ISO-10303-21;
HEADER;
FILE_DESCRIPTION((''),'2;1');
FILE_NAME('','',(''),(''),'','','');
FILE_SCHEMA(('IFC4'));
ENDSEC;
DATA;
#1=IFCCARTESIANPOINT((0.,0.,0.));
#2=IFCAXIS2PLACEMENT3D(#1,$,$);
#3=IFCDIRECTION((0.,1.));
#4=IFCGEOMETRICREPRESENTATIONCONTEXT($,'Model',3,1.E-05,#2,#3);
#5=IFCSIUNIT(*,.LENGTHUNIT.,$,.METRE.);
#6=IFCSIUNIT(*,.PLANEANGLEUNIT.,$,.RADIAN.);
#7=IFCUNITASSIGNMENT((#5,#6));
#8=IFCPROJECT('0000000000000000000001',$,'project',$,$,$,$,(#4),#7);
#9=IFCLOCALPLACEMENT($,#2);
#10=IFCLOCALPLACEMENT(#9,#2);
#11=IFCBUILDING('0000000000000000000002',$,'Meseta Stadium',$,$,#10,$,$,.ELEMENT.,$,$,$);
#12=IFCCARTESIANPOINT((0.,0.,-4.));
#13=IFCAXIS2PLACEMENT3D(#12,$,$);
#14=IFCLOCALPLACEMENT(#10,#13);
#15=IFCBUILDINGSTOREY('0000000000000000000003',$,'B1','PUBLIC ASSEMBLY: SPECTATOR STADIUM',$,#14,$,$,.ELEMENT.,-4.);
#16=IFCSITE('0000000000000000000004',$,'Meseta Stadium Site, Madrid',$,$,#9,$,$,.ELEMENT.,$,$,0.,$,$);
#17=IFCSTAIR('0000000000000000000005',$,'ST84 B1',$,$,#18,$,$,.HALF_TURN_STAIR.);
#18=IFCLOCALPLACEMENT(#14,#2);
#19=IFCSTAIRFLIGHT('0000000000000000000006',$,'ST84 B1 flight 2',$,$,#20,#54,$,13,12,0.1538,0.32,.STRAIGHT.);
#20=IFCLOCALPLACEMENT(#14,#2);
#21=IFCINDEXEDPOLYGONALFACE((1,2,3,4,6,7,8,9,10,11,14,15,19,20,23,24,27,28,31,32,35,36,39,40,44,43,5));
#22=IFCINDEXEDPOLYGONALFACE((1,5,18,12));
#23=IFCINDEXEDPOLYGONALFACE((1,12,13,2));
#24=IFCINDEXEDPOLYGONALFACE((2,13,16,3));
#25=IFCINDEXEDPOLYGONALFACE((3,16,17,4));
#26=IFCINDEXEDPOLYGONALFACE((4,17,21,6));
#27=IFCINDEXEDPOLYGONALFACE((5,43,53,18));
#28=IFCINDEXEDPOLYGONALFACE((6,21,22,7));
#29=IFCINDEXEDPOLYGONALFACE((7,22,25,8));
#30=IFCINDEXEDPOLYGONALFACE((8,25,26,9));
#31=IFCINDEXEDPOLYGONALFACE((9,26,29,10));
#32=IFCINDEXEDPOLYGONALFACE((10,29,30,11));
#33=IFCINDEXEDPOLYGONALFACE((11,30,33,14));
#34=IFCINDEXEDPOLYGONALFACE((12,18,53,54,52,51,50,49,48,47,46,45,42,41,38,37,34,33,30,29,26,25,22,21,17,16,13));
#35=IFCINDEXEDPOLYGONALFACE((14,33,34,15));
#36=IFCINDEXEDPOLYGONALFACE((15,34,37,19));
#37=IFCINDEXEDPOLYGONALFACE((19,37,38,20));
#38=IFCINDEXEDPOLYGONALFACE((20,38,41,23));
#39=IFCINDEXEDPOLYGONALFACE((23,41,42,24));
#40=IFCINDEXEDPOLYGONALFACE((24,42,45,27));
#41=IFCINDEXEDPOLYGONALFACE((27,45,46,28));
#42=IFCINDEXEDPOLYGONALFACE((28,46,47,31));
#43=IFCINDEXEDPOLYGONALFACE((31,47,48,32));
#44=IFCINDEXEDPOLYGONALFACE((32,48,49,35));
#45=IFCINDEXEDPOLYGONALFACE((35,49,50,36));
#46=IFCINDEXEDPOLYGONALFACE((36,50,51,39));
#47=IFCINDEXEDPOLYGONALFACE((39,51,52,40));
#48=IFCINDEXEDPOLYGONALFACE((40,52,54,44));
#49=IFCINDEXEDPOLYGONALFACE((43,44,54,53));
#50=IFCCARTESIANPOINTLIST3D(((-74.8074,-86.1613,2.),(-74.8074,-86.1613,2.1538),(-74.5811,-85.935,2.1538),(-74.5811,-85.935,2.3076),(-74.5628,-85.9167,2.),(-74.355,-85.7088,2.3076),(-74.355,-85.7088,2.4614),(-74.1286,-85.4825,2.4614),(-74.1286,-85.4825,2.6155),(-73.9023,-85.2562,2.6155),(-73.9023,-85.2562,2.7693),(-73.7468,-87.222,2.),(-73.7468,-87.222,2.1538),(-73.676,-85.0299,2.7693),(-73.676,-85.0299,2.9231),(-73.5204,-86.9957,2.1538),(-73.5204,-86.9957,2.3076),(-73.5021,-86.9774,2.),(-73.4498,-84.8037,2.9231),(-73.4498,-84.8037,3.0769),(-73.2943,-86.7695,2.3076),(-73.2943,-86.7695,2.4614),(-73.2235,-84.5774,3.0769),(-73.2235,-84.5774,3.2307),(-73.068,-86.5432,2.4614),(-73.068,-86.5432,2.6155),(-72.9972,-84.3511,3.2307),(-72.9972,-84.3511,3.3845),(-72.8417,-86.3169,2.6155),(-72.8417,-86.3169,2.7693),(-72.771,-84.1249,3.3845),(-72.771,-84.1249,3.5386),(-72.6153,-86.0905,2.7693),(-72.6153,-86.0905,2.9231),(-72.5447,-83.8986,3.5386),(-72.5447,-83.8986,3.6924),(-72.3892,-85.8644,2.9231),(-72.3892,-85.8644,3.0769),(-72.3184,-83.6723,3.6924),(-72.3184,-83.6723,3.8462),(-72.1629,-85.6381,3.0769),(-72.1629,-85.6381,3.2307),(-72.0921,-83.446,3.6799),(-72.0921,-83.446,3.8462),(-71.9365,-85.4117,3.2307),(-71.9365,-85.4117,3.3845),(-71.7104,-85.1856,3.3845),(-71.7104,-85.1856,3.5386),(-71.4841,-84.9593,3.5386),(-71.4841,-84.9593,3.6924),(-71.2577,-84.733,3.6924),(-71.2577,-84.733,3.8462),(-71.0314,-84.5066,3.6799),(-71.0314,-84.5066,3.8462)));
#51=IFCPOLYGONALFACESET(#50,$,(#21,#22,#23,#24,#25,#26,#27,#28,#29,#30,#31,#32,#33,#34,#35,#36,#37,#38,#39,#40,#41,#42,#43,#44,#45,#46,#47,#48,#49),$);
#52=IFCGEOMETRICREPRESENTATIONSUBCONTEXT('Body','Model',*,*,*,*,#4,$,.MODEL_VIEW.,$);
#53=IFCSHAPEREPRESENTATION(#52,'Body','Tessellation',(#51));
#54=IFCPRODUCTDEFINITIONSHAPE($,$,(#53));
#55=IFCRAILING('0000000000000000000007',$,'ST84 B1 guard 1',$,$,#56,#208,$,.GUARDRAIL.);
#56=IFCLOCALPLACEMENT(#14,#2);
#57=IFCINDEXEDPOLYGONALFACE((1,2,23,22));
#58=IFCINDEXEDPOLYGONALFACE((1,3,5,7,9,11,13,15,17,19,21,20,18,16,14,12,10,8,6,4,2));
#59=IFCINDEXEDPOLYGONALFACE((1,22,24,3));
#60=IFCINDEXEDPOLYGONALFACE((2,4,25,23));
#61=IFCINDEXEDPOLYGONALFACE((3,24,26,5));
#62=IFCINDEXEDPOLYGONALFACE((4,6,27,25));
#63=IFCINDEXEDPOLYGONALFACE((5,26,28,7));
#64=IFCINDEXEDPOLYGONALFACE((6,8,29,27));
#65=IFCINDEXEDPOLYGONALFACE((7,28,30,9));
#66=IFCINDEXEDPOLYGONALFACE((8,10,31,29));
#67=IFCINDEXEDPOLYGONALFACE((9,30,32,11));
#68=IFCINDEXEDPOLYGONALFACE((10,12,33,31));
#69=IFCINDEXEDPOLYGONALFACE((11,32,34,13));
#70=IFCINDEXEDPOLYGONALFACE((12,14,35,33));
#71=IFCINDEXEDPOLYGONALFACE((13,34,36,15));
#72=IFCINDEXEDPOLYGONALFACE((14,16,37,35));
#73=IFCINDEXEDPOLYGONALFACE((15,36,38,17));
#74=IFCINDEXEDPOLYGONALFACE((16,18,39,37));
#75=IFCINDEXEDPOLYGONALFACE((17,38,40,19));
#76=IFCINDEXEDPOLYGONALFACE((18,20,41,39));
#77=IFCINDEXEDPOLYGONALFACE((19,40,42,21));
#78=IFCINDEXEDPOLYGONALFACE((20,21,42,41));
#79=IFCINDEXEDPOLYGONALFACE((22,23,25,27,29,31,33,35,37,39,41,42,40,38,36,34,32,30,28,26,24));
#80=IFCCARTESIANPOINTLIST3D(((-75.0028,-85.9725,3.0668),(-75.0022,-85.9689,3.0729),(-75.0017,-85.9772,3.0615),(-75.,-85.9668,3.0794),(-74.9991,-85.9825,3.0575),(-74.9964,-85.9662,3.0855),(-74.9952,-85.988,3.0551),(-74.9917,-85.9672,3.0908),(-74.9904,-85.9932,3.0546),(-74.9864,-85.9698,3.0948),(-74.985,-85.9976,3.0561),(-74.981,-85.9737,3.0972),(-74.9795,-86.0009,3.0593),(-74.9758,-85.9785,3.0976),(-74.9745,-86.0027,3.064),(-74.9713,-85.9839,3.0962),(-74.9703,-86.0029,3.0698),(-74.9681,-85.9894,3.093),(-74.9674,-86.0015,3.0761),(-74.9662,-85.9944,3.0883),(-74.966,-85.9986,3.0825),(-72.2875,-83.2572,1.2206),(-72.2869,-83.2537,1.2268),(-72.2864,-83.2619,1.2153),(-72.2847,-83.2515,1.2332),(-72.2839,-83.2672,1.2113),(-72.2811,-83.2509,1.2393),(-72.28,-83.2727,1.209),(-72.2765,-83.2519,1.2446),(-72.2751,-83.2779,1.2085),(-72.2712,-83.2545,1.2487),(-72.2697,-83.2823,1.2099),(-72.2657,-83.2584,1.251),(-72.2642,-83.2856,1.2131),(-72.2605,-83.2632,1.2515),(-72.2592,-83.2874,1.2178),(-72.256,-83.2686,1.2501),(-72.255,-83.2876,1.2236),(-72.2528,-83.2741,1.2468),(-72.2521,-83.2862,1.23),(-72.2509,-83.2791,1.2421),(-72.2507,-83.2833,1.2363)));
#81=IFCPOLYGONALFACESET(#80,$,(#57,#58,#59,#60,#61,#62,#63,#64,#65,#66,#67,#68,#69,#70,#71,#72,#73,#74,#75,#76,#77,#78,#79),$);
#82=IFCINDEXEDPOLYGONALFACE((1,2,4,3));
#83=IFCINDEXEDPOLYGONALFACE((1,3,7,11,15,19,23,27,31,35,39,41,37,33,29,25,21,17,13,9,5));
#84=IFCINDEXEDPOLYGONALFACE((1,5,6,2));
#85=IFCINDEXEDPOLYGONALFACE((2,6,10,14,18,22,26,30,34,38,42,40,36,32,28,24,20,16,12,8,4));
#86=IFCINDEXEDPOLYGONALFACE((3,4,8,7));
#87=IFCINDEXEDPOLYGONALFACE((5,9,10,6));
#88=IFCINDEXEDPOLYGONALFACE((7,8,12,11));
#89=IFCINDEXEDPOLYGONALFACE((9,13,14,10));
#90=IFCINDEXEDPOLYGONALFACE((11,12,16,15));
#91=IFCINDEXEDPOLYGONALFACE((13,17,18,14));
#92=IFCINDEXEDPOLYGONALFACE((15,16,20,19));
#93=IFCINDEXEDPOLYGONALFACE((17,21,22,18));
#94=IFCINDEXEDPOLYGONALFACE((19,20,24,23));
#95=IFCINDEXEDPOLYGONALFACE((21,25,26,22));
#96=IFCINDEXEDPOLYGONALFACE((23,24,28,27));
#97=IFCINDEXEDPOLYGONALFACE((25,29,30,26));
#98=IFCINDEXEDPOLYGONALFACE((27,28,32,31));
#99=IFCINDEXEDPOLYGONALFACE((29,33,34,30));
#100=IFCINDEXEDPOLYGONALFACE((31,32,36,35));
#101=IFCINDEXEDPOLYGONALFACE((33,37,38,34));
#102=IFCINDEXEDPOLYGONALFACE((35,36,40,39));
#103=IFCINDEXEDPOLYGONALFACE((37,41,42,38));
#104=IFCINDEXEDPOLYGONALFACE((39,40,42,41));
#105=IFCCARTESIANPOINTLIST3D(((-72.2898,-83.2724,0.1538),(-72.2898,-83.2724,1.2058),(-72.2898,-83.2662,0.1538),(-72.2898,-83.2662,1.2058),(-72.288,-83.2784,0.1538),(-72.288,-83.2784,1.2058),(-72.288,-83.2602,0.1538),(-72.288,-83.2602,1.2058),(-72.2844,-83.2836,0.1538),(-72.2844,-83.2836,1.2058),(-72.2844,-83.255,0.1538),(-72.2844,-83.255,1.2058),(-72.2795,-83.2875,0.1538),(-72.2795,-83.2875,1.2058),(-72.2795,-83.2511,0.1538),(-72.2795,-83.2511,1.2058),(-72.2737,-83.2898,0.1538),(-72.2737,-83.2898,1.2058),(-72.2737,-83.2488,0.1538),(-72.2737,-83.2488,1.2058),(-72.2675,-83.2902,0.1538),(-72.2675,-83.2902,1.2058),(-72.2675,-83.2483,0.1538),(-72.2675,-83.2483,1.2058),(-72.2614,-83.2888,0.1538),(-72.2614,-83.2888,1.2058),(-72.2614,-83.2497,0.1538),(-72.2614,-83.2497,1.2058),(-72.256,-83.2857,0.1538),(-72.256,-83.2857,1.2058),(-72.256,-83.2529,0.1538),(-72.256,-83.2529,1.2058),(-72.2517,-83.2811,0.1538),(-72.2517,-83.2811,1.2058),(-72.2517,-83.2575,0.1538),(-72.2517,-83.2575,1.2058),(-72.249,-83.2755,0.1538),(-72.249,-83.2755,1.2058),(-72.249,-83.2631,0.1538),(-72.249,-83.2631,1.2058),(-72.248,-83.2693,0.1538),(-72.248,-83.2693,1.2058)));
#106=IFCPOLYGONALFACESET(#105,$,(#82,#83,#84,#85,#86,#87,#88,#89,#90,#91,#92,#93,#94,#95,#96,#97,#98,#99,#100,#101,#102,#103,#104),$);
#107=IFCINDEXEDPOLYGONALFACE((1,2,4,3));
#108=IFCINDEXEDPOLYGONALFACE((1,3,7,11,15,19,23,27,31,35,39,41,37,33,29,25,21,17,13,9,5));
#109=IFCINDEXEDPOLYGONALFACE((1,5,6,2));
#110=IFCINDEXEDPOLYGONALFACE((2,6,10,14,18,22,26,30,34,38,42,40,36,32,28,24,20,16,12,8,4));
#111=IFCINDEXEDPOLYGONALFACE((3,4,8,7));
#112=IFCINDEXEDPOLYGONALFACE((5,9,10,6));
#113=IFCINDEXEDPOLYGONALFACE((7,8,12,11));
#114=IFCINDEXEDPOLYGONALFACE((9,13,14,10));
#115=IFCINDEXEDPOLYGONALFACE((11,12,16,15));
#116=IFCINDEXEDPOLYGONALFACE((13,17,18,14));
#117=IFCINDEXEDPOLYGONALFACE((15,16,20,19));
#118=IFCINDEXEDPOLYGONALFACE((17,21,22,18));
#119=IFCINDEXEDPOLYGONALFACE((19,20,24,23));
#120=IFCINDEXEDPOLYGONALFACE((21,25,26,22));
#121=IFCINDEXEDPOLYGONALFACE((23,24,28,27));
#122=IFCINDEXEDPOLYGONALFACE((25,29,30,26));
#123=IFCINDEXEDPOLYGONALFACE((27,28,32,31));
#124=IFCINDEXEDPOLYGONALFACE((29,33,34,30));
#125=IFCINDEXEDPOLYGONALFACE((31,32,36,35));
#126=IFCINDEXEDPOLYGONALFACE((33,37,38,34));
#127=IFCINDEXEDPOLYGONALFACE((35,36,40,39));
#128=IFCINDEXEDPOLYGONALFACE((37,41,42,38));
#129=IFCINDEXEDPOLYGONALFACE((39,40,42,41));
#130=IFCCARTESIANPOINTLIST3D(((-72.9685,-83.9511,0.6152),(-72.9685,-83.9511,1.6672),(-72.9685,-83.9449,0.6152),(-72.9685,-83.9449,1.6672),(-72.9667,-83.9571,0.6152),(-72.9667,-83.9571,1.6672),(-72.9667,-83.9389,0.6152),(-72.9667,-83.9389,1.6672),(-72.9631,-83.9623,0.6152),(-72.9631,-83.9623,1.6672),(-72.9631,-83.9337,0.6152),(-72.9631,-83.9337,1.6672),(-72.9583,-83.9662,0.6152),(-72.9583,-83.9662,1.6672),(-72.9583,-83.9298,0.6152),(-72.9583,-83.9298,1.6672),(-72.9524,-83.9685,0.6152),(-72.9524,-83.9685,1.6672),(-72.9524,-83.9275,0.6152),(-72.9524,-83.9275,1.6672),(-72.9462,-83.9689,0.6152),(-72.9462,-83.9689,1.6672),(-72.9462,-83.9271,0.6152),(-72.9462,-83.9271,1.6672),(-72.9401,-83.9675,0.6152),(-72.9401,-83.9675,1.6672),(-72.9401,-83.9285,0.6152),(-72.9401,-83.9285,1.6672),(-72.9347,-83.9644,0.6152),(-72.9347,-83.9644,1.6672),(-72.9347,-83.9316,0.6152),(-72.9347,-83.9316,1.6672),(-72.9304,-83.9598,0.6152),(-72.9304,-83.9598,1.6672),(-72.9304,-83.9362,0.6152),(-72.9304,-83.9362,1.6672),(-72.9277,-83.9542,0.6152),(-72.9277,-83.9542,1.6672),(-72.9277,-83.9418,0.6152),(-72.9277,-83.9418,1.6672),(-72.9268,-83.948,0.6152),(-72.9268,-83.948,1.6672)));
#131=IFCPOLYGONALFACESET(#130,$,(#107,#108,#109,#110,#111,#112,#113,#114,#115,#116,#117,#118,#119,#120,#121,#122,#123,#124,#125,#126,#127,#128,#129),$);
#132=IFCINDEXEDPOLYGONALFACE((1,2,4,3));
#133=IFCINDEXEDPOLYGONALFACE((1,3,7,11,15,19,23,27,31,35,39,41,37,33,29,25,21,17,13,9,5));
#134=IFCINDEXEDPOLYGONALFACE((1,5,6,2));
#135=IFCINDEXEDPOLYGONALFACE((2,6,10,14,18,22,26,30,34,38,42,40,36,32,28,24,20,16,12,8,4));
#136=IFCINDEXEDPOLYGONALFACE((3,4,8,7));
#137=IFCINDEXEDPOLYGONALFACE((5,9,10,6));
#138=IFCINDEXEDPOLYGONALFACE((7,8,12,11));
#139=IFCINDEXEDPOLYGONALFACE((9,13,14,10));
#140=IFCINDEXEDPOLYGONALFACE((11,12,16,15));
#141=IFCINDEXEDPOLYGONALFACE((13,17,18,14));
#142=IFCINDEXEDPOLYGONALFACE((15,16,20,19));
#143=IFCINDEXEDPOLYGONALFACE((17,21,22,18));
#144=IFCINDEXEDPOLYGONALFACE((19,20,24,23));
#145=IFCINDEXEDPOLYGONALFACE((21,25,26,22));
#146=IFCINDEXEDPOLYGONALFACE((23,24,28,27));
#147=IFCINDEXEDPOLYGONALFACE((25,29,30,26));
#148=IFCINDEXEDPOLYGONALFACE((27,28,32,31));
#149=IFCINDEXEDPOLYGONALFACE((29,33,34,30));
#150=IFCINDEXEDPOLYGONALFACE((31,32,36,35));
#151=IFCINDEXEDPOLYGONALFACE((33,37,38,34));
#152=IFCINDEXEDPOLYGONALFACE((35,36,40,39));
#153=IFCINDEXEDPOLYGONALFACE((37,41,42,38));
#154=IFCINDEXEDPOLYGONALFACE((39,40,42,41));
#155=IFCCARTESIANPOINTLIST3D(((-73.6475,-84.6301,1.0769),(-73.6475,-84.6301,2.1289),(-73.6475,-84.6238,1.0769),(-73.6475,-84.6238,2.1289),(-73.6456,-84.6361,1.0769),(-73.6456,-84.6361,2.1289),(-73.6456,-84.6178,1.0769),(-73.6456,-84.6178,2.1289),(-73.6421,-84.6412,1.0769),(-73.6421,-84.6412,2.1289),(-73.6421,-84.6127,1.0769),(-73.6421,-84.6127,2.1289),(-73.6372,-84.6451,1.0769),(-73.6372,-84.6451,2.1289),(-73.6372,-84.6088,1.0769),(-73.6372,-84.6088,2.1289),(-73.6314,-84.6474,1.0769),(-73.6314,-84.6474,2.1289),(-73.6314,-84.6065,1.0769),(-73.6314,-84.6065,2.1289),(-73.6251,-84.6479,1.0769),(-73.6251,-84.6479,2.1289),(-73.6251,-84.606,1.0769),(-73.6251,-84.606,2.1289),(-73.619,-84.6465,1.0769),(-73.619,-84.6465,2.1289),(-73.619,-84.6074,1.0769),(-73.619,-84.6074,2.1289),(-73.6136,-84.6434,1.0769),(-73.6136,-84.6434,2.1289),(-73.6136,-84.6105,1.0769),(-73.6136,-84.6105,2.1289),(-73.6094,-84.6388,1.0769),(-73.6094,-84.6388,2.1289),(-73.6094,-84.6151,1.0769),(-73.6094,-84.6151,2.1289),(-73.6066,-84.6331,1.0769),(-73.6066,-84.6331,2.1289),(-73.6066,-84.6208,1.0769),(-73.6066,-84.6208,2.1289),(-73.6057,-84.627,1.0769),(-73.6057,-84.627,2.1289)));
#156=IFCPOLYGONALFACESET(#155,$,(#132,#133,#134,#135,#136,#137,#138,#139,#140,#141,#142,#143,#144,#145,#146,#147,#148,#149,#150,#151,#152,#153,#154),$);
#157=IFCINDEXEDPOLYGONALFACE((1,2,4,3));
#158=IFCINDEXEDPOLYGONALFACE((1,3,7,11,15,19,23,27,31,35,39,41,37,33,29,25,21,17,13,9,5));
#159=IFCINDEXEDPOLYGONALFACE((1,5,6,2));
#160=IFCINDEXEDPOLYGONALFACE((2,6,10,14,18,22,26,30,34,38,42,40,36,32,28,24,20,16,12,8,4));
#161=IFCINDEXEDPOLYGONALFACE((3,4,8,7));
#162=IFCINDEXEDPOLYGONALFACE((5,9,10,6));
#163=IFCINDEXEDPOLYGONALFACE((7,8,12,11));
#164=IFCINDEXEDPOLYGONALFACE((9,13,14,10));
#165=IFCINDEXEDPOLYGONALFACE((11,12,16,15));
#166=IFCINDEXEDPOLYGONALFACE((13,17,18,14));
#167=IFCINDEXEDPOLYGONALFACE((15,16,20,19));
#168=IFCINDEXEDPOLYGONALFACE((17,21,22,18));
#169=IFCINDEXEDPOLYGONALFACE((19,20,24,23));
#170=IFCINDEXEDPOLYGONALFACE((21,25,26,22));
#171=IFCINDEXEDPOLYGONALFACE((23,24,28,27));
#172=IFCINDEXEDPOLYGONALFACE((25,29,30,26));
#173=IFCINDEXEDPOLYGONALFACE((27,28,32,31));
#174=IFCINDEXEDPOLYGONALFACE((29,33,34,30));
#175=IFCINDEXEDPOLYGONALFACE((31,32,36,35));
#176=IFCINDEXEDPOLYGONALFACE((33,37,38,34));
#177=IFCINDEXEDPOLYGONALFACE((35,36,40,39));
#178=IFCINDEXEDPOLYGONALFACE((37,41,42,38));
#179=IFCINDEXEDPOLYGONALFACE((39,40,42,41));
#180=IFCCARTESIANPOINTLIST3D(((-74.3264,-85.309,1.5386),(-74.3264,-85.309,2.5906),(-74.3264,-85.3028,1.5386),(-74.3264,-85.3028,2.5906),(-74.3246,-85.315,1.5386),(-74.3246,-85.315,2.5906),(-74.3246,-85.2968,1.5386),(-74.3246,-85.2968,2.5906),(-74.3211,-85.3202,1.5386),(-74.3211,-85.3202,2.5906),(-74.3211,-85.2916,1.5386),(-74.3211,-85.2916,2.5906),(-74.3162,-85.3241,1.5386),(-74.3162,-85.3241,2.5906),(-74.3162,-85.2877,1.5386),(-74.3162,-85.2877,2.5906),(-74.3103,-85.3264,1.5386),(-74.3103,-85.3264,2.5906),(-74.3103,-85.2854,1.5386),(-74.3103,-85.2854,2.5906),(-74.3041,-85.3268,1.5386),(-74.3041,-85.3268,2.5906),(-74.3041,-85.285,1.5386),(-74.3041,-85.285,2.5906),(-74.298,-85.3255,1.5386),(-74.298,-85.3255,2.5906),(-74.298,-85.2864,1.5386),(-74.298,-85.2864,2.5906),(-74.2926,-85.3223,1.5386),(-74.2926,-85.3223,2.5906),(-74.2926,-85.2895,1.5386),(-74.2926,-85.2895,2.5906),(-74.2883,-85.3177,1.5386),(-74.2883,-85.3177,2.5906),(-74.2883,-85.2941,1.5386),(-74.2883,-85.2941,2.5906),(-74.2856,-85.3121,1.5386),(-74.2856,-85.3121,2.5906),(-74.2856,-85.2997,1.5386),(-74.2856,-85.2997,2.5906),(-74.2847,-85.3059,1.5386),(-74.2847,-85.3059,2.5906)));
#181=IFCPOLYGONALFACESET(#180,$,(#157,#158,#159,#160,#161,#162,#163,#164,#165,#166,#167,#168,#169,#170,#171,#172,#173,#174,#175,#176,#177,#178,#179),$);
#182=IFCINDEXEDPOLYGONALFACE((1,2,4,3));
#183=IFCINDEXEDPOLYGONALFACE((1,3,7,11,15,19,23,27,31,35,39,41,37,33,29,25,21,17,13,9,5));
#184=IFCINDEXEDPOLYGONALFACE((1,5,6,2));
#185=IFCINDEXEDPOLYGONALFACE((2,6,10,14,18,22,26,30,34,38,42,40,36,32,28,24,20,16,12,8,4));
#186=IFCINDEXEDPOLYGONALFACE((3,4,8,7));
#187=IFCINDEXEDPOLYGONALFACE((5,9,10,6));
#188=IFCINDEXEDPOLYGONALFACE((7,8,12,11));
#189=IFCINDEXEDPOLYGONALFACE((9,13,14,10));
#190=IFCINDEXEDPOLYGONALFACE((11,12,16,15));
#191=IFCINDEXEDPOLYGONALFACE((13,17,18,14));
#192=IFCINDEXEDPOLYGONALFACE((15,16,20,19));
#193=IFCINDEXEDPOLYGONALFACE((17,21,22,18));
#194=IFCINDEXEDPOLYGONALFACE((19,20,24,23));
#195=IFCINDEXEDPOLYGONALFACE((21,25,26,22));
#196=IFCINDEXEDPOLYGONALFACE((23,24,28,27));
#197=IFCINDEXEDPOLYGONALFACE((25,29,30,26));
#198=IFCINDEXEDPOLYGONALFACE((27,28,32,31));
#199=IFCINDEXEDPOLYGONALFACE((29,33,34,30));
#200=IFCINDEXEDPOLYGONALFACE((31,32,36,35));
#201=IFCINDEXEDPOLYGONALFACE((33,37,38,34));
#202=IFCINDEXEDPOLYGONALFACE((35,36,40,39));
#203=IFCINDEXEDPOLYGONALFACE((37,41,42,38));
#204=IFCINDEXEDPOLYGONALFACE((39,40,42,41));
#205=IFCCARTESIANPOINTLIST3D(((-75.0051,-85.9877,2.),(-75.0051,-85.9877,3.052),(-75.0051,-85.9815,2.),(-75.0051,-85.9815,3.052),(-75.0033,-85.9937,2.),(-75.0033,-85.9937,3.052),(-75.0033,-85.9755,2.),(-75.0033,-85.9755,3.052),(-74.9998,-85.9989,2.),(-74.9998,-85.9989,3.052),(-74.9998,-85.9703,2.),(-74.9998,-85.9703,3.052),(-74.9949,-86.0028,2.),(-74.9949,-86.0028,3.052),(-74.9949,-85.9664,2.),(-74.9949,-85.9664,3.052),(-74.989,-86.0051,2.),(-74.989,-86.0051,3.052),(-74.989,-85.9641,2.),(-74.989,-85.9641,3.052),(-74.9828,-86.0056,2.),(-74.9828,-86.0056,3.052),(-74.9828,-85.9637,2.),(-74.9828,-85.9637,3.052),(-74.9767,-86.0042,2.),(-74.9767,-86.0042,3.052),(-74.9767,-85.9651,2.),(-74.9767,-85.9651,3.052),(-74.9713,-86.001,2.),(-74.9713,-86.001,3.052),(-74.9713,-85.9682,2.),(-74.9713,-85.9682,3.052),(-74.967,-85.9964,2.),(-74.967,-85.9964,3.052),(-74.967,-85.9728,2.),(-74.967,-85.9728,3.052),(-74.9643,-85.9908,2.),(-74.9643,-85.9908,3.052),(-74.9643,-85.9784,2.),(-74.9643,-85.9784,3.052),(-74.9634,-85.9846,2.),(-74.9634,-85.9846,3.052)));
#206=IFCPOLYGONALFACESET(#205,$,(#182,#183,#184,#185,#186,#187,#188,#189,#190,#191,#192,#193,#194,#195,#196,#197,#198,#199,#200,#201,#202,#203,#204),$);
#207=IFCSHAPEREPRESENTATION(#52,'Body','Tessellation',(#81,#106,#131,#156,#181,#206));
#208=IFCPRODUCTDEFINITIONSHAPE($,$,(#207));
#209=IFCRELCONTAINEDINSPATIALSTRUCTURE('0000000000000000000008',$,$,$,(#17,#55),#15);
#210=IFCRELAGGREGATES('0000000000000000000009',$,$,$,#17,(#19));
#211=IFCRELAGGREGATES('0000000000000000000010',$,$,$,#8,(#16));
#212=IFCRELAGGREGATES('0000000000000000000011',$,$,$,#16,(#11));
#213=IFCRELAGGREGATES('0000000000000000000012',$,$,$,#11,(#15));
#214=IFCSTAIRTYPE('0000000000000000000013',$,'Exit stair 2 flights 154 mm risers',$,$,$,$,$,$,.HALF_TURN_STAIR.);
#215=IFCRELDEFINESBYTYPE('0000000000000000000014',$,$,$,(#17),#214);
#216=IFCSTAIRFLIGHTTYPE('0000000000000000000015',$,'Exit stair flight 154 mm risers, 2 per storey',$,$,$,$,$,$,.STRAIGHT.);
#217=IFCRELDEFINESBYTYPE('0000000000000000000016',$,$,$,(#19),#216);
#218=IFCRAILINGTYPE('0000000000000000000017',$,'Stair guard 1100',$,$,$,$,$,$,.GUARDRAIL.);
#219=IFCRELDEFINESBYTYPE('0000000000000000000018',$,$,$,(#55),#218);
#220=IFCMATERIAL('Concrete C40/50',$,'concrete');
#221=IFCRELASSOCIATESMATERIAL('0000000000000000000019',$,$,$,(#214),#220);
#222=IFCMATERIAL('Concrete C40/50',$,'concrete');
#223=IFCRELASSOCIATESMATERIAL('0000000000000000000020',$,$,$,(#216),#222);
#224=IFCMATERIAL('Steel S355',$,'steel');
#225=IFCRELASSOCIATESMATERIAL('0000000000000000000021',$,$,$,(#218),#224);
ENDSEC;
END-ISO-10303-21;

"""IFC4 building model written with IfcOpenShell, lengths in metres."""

from ifc_helpers import new_model, si_unit, direction, frame, origin, origin_2d, place, context, subcontext, project, spatial, polyline, circle, outline, extrude, material, type_object, element, aggregate, save


model = new_model("IFC4")

# Units and contexts
model_context = context("Model", 3, precision=1e-05, world=origin(), true_north=direction((0.0, 1.0)))
body_context = subcontext(model_context, "Body", "Model", "MODEL_VIEW")
ifc_project = project(units=[si_unit("LENGTHUNIT", "METRE"), si_unit("PLANEANGLEUNIT", "RADIAN")], contexts=[model_context])

# Site, building, storey
site_placement = place(None, origin())
site = spatial("IfcSite", under=ifc_project, at=site_placement, Name="Meseta Stadium Site, Madrid", CompositionType="ELEMENT", RefElevation=0.0)
building_placement = place(site_placement, origin())
building = spatial("IfcBuilding", under=site, at=building_placement, Name="Meseta Stadium", CompositionType="ELEMENT")
storey_placement = place(building_placement, frame((0.0, 0.0, -4.0)))
storey = spatial("IfcBuildingStorey", under=building, at=storey_placement, Name="B1", Description="PUBLIC ASSEMBLY: SPECTATOR STADIUM", CompositionType="ELEMENT", Elevation=-4.0)

# Stair, stair flight
ifc_material_1 = material(Name="Concrete C40/50", Category="concrete")
stair_type = type_object("IfcStairType", Name="Exit stair 2 flights 154 mm risers", PredefinedType="HALF_TURN_STAIR", material=ifc_material_1)
stair_placement = place(storey_placement, origin())
stair = element("IfcStair", 1, at=stair_placement, inside=storey, type_object=stair_type, Name="ST84 B1", PredefinedType="HALF_TURN_STAIR")
ifc_material_2 = material(Name="Concrete C40/50", Category="concrete")
stair_flight_type = type_object("IfcStairFlightType", Name="Exit stair flight 154 mm risers, 2 per storey", PredefinedType="STRAIGHT", material=ifc_material_2)
stair_flight_1_placement = place(storey_placement, frame((-74.2771, -86.6917, 2.0), z_axis=(0.0, 0.0, 1.0), x_axis=(0.707107, 0.707107, 0.0)))
stair_flight_1 = element("IfcStairFlight", 2, at=stair_flight_1_placement, type_object=stair_flight_type, Name="ST84 B1 flight 2", NumberOfRisers=13, NumberOfTreads=12, PredefinedType="STRAIGHT", RiserHeight=0.1538, TreadLength=0.32, context=body_context, shape_type="SweptSolid", body=[
    extrude(outline(polyline([(0.0, 0.0), (0.0, 0.1538), (0.3201, 0.1538), (0.3201, 0.3076), (0.6399, 0.3076), (0.6399, 0.4614), (0.96, 0.4614), (0.96, 0.6155), (1.28, 0.6155), (1.28, 0.7693), (1.6001, 0.7693), (1.6001, 0.9231), (1.9199, 0.9231), (1.9199, 1.0769), (2.24, 1.0769), (2.24, 1.2307), (2.5601, 1.2307), (2.5601, 1.3845), (2.8799, 1.3845), (2.8799, 1.5386), (3.2, 1.5386), (3.2, 1.6924), (3.52, 1.6924), (3.52, 1.8462), (3.8401, 1.8462), (3.8401, 1.6799), (0.3459, 0.0), (0.0, 0.0)])), frame((0.0, 0.75, 0.0), z_axis=(0.0, -1.0, 0.0), x_axis=(1.0, 0.0, 0.0)), (0.0, 0.0, 1.0), 1.5),
])
aggregate(stair, [stair_flight_1])

# Railing
ifc_material_3 = material(Name="Steel S355", Category="steel")
railing_type_1 = type_object("IfcRailingType", Name="Stair guard 1100", PredefinedType="GUARDRAIL", material=ifc_material_3)
railing_1_placement = place(storey_placement, frame((-72.269, -83.2693, 0.1538)))
element("IfcRailing", 3, at=railing_1_placement, inside=storey, type_object=railing_type_1, Name="ST84 B1 guard 1", PredefinedType="GUARDRAIL", context=body_context, shape_type="SweptSolid", body=[
    extrude(circle(Radius=0.0239, at=origin_2d()), frame((0.0, 0.0, 1.0762), z_axis=(-0.637281, -0.637281, 0.433296), x_axis=(0.707107, -0.707107, 0.0)), (0.0, 0.0, 1.0), 4.2607),
    extrude(circle(Radius=0.021, at=origin_2d()), origin(), (0.0, 0.0, 1.0), 1.052),
    extrude(circle(Radius=0.021, at=origin_2d()), frame((-0.6787, -0.6787, 0.4614)), (0.0, 0.0, 1.0), 1.052),
    extrude(circle(Radius=0.021, at=origin_2d()), frame((-1.3577, -1.3577, 0.9231)), (0.0, 0.0, 1.0), 1.052),
    extrude(circle(Radius=0.021, at=origin_2d()), frame((-2.0366, -2.0366, 1.3848)), (0.0, 0.0, 1.0), 1.052),
    extrude(circle(Radius=0.021, at=origin_2d()), frame((-2.7153, -2.7153, 1.8462)), (0.0, 0.0, 1.0), 1.052),
])

save(model, "model.ifc")
